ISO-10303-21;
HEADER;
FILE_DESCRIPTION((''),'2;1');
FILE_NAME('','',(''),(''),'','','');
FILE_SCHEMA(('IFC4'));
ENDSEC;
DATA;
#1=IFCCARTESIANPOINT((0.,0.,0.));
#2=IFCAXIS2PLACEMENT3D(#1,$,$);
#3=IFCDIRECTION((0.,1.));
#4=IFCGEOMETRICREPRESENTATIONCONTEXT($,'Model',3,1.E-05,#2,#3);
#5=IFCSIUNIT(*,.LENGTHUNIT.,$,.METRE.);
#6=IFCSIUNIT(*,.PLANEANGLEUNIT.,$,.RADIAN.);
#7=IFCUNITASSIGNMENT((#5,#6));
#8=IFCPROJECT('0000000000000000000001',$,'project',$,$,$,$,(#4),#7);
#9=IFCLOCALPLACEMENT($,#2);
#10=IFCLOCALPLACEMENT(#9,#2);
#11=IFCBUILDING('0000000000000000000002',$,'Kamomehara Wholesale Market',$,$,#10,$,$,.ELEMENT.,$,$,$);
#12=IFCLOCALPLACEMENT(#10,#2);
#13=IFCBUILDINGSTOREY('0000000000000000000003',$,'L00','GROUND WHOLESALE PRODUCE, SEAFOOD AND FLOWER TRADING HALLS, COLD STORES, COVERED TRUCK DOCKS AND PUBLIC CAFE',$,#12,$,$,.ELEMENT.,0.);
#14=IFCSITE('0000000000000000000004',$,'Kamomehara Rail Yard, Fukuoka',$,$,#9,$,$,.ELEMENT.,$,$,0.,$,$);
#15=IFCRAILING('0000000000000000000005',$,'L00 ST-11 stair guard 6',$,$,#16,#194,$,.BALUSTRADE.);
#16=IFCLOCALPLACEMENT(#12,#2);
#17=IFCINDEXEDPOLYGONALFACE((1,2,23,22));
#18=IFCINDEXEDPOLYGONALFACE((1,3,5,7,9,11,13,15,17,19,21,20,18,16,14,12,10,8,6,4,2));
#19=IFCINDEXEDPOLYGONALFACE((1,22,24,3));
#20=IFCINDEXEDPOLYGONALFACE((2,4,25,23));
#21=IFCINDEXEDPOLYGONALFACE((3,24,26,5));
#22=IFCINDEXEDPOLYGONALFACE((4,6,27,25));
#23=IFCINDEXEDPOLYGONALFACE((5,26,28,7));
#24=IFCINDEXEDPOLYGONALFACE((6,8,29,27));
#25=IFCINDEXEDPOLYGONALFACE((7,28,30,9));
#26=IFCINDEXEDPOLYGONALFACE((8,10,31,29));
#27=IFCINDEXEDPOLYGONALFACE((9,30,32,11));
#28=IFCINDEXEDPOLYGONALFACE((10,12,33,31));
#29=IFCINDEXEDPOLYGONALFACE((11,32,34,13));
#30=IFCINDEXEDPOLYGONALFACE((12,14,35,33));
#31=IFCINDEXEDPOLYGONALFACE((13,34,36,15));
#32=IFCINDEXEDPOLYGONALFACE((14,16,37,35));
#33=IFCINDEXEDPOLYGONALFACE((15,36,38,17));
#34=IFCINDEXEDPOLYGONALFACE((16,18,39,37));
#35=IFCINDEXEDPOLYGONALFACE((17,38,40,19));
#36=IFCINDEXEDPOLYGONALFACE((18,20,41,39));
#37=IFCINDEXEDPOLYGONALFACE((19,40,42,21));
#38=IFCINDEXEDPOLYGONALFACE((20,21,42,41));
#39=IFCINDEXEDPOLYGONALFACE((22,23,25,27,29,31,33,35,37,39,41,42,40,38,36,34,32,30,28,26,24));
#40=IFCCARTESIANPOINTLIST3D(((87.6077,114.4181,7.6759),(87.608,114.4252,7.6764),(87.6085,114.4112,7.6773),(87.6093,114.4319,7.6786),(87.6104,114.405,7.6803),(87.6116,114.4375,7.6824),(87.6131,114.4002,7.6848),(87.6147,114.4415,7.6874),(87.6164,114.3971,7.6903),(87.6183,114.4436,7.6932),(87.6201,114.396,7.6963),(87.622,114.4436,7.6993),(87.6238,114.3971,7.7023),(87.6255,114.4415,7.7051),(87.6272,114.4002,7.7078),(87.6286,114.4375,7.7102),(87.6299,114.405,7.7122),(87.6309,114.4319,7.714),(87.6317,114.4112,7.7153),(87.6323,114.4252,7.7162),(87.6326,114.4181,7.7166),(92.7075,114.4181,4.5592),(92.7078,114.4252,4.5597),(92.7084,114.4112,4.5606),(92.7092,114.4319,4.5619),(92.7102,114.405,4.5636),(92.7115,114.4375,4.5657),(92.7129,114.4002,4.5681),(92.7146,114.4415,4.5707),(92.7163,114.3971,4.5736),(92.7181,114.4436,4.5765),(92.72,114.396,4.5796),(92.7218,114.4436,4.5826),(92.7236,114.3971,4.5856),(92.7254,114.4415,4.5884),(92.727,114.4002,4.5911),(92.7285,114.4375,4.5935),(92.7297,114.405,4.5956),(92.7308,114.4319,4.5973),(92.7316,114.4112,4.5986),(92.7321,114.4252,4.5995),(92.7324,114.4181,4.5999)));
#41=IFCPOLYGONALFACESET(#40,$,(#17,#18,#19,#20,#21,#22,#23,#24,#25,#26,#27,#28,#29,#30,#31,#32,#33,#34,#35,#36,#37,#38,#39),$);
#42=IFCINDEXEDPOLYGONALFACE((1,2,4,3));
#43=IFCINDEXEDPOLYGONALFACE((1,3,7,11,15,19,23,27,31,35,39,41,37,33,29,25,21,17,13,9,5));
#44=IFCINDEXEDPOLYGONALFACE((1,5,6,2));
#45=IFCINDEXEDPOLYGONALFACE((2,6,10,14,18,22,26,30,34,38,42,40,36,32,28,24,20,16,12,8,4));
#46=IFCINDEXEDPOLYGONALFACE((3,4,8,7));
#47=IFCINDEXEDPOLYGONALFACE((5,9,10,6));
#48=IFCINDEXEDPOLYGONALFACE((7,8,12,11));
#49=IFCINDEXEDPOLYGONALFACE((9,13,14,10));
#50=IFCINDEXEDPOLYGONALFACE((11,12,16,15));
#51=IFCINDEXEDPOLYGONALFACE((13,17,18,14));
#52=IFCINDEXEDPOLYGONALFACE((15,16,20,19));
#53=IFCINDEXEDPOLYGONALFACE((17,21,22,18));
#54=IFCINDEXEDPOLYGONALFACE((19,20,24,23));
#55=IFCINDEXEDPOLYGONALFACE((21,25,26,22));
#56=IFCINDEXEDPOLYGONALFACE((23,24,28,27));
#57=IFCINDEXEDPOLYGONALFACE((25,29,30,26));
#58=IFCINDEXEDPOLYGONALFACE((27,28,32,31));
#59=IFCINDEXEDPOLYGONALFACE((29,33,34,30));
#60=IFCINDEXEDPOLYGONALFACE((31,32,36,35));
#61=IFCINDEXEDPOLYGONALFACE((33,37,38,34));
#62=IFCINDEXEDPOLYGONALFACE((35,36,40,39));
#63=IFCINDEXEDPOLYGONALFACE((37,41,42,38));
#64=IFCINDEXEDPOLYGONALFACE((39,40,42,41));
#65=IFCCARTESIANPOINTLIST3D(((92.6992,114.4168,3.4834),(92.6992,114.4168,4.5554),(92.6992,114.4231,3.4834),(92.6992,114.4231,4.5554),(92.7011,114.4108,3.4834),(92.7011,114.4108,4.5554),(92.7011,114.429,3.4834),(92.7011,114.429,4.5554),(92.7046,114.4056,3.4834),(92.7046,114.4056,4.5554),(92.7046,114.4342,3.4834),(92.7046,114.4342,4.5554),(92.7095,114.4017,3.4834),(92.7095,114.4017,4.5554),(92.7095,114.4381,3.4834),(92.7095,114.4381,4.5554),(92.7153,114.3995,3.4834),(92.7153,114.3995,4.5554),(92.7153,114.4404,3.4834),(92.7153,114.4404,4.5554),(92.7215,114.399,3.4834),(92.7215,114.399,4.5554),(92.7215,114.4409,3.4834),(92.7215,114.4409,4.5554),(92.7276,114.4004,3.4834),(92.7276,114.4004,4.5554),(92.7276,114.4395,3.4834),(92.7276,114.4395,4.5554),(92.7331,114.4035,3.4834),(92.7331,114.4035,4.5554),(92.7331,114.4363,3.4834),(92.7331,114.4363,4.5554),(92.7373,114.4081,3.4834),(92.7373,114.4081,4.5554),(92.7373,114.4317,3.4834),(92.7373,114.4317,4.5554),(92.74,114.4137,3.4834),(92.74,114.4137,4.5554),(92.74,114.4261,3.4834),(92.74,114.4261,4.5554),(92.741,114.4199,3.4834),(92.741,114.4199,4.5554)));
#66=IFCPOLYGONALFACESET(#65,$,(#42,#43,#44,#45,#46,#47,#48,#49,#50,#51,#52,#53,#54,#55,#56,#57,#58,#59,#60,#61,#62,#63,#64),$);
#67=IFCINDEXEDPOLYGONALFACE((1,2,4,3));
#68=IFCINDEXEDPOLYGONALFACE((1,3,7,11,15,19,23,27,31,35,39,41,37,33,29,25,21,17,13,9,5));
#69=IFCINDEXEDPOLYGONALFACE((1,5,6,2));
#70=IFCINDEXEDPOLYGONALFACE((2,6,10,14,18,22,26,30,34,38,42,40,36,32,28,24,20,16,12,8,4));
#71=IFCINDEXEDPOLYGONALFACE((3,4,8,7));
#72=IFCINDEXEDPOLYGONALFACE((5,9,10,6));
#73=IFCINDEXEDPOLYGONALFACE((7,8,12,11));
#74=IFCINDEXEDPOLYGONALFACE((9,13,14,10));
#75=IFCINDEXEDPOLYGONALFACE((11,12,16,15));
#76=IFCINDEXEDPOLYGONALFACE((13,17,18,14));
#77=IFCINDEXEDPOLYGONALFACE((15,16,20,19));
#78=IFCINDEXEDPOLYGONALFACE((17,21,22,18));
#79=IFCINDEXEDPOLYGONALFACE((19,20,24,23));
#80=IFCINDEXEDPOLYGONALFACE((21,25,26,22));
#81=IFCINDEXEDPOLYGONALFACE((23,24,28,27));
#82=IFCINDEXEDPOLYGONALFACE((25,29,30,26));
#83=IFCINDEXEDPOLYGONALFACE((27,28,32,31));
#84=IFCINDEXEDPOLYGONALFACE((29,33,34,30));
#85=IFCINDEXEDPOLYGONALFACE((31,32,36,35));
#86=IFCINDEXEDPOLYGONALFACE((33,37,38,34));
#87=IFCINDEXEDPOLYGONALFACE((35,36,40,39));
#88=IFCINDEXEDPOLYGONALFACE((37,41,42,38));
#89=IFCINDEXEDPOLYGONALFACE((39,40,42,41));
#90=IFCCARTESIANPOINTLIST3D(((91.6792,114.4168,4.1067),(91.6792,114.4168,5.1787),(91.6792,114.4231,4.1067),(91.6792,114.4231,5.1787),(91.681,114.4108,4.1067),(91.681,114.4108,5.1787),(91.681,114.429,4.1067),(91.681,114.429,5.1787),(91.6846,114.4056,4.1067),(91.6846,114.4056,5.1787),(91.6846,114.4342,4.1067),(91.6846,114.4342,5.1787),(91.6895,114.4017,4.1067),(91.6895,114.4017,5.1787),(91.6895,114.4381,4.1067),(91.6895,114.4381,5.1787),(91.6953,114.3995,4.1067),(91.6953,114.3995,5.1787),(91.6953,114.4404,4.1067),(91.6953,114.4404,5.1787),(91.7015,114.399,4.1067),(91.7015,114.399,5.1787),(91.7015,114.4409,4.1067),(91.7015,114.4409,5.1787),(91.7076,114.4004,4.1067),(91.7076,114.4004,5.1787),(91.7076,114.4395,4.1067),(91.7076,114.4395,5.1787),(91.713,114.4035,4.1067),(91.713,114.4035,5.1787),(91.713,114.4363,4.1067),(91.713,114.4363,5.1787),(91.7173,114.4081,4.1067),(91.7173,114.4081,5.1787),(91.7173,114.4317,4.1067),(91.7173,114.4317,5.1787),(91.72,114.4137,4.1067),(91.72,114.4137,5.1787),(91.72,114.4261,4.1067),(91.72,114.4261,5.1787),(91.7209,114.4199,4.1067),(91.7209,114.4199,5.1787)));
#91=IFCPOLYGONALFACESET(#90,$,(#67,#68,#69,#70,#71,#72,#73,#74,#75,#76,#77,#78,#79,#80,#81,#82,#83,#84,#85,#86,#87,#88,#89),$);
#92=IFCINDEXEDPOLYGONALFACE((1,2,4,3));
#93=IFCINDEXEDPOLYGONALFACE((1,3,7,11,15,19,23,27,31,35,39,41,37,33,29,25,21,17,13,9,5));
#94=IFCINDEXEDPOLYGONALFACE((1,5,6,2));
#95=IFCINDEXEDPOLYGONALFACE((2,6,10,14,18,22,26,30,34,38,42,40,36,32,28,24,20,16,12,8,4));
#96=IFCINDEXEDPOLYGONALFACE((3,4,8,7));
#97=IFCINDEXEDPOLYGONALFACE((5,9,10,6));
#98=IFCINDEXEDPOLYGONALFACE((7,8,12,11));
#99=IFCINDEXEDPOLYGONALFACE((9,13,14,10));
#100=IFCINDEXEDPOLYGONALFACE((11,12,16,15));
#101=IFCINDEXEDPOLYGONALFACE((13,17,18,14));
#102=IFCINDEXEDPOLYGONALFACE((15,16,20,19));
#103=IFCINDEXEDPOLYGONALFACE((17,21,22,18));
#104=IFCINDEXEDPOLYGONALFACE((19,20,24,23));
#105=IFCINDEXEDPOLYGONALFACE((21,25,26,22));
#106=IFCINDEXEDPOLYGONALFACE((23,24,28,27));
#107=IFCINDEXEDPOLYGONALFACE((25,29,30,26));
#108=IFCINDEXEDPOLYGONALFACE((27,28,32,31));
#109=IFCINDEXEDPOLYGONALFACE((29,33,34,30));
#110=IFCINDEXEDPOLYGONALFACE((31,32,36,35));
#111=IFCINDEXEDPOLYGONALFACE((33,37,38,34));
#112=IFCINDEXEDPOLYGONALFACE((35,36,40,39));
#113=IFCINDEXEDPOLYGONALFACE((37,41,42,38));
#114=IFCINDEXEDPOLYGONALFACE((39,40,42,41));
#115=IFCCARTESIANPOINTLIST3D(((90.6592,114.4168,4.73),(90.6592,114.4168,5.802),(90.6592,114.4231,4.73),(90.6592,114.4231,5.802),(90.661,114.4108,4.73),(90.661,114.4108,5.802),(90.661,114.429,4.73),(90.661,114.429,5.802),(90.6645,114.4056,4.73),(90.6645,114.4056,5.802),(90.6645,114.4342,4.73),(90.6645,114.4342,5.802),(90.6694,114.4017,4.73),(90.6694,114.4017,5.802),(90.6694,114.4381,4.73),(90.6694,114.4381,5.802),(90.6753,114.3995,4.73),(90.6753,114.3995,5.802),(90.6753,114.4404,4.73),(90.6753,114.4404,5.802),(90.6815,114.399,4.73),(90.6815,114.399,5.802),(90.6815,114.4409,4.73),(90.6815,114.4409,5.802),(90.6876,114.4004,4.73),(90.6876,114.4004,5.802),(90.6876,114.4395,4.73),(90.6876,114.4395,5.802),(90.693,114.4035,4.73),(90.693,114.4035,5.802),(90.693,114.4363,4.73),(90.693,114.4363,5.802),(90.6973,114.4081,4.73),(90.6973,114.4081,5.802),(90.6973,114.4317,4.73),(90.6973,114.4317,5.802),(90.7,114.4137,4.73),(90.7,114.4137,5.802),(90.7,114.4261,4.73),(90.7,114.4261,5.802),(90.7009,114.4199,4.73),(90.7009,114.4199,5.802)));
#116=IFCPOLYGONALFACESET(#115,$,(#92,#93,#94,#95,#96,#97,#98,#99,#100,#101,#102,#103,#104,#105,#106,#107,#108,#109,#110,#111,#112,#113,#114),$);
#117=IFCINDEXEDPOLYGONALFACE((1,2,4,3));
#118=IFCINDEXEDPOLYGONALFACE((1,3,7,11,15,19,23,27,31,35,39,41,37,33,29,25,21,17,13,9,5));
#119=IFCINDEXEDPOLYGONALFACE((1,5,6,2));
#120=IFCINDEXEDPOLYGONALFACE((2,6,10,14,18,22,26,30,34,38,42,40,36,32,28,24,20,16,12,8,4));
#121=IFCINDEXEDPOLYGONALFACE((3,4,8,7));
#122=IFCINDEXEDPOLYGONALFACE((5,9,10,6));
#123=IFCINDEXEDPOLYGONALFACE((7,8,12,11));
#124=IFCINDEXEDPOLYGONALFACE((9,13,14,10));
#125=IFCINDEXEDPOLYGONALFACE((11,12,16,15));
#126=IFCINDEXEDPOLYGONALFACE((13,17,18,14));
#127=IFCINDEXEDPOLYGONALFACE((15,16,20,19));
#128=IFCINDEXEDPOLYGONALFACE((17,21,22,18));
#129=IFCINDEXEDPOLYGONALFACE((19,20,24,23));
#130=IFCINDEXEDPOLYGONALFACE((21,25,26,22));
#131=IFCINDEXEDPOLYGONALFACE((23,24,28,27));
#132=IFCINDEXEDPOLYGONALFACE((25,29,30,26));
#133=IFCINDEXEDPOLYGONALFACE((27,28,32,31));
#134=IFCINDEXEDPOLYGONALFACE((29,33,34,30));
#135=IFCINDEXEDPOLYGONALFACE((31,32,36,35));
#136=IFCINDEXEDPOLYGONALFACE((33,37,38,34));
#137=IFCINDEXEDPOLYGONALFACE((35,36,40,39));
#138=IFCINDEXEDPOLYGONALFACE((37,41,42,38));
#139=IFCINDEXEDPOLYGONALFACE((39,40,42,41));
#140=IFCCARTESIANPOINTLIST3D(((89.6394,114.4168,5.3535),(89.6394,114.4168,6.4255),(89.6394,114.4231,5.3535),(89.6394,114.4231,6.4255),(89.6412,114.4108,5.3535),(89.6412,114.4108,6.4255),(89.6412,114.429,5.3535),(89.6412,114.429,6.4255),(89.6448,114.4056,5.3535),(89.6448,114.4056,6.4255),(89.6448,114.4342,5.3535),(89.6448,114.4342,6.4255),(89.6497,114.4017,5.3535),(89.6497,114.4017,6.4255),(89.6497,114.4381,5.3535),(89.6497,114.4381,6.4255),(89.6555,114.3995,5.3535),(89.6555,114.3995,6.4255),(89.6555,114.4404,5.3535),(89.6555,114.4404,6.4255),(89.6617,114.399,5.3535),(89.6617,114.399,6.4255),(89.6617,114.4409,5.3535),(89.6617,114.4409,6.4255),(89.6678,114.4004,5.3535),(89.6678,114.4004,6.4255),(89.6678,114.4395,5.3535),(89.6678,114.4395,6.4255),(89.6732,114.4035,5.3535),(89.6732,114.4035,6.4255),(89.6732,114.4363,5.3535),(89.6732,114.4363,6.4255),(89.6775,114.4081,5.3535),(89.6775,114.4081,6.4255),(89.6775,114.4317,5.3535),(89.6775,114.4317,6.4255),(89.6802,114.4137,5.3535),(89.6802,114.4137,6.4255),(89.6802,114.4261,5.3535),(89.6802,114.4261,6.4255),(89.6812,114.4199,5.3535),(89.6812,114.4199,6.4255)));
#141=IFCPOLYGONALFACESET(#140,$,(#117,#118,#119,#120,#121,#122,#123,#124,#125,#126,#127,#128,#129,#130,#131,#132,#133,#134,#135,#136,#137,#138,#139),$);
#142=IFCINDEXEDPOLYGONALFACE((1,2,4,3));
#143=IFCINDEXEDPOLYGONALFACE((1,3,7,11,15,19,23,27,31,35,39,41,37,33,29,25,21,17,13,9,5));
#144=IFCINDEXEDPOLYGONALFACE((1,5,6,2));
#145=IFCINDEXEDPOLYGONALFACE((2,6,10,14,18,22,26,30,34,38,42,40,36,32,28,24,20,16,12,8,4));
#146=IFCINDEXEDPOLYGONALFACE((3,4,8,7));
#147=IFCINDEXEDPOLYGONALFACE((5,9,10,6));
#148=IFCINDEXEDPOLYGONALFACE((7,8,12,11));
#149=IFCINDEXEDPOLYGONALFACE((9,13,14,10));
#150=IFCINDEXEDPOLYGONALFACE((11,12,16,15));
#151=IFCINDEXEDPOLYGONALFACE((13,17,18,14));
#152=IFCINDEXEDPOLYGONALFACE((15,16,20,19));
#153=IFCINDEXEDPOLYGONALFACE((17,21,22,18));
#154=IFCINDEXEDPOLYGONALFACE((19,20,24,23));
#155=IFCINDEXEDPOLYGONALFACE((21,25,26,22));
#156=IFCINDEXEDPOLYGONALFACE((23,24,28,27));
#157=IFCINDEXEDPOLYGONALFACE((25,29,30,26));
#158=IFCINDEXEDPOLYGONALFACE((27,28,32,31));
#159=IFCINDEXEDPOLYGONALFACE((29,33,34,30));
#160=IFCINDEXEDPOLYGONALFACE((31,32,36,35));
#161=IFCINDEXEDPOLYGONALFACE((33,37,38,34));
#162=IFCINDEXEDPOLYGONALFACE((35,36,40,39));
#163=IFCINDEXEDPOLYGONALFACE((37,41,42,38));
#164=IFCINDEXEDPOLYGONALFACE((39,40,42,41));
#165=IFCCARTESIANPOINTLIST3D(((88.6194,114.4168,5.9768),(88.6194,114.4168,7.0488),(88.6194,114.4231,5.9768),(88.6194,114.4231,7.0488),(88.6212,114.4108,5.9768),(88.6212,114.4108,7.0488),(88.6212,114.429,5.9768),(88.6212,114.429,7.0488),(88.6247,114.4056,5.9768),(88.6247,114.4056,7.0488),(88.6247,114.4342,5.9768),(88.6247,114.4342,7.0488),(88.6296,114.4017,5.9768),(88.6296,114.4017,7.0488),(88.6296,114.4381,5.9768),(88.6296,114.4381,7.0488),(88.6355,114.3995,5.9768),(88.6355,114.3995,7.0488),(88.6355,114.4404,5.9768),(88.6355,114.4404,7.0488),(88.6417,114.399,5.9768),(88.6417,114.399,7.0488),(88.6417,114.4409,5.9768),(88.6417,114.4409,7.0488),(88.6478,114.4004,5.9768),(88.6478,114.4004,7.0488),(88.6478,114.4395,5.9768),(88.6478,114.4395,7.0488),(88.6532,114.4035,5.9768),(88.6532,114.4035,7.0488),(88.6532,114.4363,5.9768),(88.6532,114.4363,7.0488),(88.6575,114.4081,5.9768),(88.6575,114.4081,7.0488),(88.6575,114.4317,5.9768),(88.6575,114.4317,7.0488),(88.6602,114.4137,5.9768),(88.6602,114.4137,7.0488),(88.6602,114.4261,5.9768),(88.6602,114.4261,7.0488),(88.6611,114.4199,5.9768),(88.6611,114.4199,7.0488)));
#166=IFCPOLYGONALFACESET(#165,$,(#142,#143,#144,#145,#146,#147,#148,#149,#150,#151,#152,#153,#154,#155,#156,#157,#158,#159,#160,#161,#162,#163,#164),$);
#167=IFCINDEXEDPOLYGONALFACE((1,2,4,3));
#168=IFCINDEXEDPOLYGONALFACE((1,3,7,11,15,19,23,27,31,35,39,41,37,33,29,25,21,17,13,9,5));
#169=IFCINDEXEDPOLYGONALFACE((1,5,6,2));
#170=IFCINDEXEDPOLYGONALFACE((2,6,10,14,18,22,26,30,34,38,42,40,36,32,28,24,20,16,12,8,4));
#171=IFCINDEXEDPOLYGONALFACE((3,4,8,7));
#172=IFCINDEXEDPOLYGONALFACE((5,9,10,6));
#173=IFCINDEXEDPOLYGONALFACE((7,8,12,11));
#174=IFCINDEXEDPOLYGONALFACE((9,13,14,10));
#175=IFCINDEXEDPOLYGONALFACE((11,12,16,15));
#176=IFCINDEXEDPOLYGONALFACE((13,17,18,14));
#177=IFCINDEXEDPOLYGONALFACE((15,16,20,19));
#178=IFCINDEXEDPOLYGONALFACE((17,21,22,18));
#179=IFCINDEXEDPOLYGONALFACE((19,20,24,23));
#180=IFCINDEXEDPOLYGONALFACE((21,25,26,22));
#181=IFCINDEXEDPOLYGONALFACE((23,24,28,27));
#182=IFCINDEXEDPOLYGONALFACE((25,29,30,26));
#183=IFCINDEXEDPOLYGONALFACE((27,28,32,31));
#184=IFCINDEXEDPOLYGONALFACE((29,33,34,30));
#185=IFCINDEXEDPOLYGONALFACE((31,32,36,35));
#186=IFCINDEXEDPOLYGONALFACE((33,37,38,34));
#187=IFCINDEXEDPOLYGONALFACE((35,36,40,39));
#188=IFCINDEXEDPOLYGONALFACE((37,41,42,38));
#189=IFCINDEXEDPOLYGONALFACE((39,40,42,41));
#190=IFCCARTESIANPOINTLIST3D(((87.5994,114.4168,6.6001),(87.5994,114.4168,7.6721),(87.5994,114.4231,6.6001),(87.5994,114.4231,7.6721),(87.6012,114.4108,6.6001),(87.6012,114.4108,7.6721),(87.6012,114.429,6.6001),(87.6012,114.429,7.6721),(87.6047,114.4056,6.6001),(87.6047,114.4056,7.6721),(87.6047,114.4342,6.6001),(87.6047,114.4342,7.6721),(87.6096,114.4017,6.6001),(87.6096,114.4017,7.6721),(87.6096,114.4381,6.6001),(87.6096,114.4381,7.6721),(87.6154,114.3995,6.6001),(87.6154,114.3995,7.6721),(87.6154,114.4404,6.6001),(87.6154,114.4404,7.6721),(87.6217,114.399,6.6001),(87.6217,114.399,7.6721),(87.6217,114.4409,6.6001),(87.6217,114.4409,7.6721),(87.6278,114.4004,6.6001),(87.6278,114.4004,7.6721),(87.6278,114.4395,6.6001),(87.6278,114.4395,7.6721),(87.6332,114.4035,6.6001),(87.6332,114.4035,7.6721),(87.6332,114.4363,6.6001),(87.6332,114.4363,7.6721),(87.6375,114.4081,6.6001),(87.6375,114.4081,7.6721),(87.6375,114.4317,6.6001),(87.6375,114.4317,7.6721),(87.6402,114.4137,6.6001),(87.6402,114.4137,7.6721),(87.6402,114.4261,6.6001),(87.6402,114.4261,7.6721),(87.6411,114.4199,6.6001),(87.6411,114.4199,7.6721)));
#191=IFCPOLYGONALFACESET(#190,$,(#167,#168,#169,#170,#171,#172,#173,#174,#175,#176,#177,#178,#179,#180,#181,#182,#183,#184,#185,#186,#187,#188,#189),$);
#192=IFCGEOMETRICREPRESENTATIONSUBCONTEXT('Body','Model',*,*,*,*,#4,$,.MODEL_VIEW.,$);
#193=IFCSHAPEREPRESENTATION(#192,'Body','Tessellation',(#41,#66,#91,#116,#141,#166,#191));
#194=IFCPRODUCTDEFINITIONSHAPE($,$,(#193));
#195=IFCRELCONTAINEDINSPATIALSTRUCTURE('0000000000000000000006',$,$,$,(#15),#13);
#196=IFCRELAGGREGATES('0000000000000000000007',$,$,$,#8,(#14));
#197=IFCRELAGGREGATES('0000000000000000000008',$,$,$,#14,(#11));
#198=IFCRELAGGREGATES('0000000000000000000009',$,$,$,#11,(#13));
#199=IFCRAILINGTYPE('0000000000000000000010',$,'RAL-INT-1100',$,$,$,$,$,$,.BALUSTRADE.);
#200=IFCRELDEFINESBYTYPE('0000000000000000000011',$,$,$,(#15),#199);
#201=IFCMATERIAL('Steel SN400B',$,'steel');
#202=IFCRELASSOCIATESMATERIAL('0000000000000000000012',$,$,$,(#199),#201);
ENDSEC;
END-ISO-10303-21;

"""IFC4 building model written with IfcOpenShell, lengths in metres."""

from ifc_helpers import new_model, si_unit, direction, frame, origin, origin_2d, place, context, subcontext, project, spatial, circle, extrude, material, type_object, element, save


model = new_model("IFC4")

# Units and contexts
model_context = context("Model", 3, precision=1e-05, world=origin(), true_north=direction((0.0, 1.0)))
body_context = subcontext(model_context, "Body", "Model", "MODEL_VIEW")
ifc_project = project(units=[si_unit("LENGTHUNIT", "METRE"), si_unit("PLANEANGLEUNIT", "RADIAN")], contexts=[model_context])

# Site, building, storey
site_placement = place(None, origin())
site = spatial("IfcSite", under=ifc_project, at=site_placement, Name="Kamomehara Rail Yard, Fukuoka", CompositionType="ELEMENT", RefElevation=0.0)
building_placement = place(site_placement, origin())
building = spatial("IfcBuilding", under=site, at=building_placement, Name="Kamomehara Wholesale Market", CompositionType="ELEMENT")
storey_placement = place(building_placement, origin())
storey = spatial("IfcBuildingStorey", under=building, at=storey_placement, Name="L00", Description="GROUND WHOLESALE PRODUCE, SEAFOOD AND FLOWER TRADING HALLS, COLD STORES, COVERED TRUCK DOCKS AND PUBLIC CAFE", CompositionType="ELEMENT", Elevation=0.0)

# Railing
ifc_material_1 = material(Name="Steel SN400B", Category="steel")
railing_type_1 = type_object("IfcRailingType", Name="RAL-INT-1100", PredefinedType="BALUSTRADE", material=ifc_material_1)
railing_1_placement = place(storey_placement, frame((92.72, 114.4199, 3.4834)))
element("IfcRailing", 1, at=railing_1_placement, inside=storey, type_object=railing_type_1, Name="L00 ST-11 stair guard 6", PredefinedType="BALUSTRADE", context=body_context, shape_type="SweptSolid", body=[
    extrude(circle(Radius=0.0239, at=origin_2d()), frame((0.0, 0.0, 1.0962), z_axis=(-0.853273, 0.0, 0.521465), x_axis=(0.0, -1.0, 0.0)), (0.0, 0.0, 1.0), 5.9768),
    extrude(circle(Radius=0.021, at=origin_2d()), origin(), (0.0, 0.0, 1.0), 1.072),
    extrude(circle(Radius=0.021, at=origin_2d()), frame((-1.02, 0.0, 0.6233)), (0.0, 0.0, 1.0), 1.072),
    extrude(circle(Radius=0.021, at=origin_2d()), frame((-2.04, 0.0, 1.2466)), (0.0, 0.0, 1.0), 1.072),
    extrude(circle(Radius=0.021, at=origin_2d()), frame((-3.0598, 0.0, 1.8701)), (0.0, 0.0, 1.0), 1.072),
    extrude(circle(Radius=0.021, at=origin_2d()), frame((-4.0798, 0.0, 2.4934)), (0.0, 0.0, 1.0), 1.072),
    extrude(circle(Radius=0.021, at=origin_2d()), frame((-5.0999, 0.0, 3.1167)), (0.0, 0.0, 1.0), 1.072),
])

save(model, "model.ifc")
